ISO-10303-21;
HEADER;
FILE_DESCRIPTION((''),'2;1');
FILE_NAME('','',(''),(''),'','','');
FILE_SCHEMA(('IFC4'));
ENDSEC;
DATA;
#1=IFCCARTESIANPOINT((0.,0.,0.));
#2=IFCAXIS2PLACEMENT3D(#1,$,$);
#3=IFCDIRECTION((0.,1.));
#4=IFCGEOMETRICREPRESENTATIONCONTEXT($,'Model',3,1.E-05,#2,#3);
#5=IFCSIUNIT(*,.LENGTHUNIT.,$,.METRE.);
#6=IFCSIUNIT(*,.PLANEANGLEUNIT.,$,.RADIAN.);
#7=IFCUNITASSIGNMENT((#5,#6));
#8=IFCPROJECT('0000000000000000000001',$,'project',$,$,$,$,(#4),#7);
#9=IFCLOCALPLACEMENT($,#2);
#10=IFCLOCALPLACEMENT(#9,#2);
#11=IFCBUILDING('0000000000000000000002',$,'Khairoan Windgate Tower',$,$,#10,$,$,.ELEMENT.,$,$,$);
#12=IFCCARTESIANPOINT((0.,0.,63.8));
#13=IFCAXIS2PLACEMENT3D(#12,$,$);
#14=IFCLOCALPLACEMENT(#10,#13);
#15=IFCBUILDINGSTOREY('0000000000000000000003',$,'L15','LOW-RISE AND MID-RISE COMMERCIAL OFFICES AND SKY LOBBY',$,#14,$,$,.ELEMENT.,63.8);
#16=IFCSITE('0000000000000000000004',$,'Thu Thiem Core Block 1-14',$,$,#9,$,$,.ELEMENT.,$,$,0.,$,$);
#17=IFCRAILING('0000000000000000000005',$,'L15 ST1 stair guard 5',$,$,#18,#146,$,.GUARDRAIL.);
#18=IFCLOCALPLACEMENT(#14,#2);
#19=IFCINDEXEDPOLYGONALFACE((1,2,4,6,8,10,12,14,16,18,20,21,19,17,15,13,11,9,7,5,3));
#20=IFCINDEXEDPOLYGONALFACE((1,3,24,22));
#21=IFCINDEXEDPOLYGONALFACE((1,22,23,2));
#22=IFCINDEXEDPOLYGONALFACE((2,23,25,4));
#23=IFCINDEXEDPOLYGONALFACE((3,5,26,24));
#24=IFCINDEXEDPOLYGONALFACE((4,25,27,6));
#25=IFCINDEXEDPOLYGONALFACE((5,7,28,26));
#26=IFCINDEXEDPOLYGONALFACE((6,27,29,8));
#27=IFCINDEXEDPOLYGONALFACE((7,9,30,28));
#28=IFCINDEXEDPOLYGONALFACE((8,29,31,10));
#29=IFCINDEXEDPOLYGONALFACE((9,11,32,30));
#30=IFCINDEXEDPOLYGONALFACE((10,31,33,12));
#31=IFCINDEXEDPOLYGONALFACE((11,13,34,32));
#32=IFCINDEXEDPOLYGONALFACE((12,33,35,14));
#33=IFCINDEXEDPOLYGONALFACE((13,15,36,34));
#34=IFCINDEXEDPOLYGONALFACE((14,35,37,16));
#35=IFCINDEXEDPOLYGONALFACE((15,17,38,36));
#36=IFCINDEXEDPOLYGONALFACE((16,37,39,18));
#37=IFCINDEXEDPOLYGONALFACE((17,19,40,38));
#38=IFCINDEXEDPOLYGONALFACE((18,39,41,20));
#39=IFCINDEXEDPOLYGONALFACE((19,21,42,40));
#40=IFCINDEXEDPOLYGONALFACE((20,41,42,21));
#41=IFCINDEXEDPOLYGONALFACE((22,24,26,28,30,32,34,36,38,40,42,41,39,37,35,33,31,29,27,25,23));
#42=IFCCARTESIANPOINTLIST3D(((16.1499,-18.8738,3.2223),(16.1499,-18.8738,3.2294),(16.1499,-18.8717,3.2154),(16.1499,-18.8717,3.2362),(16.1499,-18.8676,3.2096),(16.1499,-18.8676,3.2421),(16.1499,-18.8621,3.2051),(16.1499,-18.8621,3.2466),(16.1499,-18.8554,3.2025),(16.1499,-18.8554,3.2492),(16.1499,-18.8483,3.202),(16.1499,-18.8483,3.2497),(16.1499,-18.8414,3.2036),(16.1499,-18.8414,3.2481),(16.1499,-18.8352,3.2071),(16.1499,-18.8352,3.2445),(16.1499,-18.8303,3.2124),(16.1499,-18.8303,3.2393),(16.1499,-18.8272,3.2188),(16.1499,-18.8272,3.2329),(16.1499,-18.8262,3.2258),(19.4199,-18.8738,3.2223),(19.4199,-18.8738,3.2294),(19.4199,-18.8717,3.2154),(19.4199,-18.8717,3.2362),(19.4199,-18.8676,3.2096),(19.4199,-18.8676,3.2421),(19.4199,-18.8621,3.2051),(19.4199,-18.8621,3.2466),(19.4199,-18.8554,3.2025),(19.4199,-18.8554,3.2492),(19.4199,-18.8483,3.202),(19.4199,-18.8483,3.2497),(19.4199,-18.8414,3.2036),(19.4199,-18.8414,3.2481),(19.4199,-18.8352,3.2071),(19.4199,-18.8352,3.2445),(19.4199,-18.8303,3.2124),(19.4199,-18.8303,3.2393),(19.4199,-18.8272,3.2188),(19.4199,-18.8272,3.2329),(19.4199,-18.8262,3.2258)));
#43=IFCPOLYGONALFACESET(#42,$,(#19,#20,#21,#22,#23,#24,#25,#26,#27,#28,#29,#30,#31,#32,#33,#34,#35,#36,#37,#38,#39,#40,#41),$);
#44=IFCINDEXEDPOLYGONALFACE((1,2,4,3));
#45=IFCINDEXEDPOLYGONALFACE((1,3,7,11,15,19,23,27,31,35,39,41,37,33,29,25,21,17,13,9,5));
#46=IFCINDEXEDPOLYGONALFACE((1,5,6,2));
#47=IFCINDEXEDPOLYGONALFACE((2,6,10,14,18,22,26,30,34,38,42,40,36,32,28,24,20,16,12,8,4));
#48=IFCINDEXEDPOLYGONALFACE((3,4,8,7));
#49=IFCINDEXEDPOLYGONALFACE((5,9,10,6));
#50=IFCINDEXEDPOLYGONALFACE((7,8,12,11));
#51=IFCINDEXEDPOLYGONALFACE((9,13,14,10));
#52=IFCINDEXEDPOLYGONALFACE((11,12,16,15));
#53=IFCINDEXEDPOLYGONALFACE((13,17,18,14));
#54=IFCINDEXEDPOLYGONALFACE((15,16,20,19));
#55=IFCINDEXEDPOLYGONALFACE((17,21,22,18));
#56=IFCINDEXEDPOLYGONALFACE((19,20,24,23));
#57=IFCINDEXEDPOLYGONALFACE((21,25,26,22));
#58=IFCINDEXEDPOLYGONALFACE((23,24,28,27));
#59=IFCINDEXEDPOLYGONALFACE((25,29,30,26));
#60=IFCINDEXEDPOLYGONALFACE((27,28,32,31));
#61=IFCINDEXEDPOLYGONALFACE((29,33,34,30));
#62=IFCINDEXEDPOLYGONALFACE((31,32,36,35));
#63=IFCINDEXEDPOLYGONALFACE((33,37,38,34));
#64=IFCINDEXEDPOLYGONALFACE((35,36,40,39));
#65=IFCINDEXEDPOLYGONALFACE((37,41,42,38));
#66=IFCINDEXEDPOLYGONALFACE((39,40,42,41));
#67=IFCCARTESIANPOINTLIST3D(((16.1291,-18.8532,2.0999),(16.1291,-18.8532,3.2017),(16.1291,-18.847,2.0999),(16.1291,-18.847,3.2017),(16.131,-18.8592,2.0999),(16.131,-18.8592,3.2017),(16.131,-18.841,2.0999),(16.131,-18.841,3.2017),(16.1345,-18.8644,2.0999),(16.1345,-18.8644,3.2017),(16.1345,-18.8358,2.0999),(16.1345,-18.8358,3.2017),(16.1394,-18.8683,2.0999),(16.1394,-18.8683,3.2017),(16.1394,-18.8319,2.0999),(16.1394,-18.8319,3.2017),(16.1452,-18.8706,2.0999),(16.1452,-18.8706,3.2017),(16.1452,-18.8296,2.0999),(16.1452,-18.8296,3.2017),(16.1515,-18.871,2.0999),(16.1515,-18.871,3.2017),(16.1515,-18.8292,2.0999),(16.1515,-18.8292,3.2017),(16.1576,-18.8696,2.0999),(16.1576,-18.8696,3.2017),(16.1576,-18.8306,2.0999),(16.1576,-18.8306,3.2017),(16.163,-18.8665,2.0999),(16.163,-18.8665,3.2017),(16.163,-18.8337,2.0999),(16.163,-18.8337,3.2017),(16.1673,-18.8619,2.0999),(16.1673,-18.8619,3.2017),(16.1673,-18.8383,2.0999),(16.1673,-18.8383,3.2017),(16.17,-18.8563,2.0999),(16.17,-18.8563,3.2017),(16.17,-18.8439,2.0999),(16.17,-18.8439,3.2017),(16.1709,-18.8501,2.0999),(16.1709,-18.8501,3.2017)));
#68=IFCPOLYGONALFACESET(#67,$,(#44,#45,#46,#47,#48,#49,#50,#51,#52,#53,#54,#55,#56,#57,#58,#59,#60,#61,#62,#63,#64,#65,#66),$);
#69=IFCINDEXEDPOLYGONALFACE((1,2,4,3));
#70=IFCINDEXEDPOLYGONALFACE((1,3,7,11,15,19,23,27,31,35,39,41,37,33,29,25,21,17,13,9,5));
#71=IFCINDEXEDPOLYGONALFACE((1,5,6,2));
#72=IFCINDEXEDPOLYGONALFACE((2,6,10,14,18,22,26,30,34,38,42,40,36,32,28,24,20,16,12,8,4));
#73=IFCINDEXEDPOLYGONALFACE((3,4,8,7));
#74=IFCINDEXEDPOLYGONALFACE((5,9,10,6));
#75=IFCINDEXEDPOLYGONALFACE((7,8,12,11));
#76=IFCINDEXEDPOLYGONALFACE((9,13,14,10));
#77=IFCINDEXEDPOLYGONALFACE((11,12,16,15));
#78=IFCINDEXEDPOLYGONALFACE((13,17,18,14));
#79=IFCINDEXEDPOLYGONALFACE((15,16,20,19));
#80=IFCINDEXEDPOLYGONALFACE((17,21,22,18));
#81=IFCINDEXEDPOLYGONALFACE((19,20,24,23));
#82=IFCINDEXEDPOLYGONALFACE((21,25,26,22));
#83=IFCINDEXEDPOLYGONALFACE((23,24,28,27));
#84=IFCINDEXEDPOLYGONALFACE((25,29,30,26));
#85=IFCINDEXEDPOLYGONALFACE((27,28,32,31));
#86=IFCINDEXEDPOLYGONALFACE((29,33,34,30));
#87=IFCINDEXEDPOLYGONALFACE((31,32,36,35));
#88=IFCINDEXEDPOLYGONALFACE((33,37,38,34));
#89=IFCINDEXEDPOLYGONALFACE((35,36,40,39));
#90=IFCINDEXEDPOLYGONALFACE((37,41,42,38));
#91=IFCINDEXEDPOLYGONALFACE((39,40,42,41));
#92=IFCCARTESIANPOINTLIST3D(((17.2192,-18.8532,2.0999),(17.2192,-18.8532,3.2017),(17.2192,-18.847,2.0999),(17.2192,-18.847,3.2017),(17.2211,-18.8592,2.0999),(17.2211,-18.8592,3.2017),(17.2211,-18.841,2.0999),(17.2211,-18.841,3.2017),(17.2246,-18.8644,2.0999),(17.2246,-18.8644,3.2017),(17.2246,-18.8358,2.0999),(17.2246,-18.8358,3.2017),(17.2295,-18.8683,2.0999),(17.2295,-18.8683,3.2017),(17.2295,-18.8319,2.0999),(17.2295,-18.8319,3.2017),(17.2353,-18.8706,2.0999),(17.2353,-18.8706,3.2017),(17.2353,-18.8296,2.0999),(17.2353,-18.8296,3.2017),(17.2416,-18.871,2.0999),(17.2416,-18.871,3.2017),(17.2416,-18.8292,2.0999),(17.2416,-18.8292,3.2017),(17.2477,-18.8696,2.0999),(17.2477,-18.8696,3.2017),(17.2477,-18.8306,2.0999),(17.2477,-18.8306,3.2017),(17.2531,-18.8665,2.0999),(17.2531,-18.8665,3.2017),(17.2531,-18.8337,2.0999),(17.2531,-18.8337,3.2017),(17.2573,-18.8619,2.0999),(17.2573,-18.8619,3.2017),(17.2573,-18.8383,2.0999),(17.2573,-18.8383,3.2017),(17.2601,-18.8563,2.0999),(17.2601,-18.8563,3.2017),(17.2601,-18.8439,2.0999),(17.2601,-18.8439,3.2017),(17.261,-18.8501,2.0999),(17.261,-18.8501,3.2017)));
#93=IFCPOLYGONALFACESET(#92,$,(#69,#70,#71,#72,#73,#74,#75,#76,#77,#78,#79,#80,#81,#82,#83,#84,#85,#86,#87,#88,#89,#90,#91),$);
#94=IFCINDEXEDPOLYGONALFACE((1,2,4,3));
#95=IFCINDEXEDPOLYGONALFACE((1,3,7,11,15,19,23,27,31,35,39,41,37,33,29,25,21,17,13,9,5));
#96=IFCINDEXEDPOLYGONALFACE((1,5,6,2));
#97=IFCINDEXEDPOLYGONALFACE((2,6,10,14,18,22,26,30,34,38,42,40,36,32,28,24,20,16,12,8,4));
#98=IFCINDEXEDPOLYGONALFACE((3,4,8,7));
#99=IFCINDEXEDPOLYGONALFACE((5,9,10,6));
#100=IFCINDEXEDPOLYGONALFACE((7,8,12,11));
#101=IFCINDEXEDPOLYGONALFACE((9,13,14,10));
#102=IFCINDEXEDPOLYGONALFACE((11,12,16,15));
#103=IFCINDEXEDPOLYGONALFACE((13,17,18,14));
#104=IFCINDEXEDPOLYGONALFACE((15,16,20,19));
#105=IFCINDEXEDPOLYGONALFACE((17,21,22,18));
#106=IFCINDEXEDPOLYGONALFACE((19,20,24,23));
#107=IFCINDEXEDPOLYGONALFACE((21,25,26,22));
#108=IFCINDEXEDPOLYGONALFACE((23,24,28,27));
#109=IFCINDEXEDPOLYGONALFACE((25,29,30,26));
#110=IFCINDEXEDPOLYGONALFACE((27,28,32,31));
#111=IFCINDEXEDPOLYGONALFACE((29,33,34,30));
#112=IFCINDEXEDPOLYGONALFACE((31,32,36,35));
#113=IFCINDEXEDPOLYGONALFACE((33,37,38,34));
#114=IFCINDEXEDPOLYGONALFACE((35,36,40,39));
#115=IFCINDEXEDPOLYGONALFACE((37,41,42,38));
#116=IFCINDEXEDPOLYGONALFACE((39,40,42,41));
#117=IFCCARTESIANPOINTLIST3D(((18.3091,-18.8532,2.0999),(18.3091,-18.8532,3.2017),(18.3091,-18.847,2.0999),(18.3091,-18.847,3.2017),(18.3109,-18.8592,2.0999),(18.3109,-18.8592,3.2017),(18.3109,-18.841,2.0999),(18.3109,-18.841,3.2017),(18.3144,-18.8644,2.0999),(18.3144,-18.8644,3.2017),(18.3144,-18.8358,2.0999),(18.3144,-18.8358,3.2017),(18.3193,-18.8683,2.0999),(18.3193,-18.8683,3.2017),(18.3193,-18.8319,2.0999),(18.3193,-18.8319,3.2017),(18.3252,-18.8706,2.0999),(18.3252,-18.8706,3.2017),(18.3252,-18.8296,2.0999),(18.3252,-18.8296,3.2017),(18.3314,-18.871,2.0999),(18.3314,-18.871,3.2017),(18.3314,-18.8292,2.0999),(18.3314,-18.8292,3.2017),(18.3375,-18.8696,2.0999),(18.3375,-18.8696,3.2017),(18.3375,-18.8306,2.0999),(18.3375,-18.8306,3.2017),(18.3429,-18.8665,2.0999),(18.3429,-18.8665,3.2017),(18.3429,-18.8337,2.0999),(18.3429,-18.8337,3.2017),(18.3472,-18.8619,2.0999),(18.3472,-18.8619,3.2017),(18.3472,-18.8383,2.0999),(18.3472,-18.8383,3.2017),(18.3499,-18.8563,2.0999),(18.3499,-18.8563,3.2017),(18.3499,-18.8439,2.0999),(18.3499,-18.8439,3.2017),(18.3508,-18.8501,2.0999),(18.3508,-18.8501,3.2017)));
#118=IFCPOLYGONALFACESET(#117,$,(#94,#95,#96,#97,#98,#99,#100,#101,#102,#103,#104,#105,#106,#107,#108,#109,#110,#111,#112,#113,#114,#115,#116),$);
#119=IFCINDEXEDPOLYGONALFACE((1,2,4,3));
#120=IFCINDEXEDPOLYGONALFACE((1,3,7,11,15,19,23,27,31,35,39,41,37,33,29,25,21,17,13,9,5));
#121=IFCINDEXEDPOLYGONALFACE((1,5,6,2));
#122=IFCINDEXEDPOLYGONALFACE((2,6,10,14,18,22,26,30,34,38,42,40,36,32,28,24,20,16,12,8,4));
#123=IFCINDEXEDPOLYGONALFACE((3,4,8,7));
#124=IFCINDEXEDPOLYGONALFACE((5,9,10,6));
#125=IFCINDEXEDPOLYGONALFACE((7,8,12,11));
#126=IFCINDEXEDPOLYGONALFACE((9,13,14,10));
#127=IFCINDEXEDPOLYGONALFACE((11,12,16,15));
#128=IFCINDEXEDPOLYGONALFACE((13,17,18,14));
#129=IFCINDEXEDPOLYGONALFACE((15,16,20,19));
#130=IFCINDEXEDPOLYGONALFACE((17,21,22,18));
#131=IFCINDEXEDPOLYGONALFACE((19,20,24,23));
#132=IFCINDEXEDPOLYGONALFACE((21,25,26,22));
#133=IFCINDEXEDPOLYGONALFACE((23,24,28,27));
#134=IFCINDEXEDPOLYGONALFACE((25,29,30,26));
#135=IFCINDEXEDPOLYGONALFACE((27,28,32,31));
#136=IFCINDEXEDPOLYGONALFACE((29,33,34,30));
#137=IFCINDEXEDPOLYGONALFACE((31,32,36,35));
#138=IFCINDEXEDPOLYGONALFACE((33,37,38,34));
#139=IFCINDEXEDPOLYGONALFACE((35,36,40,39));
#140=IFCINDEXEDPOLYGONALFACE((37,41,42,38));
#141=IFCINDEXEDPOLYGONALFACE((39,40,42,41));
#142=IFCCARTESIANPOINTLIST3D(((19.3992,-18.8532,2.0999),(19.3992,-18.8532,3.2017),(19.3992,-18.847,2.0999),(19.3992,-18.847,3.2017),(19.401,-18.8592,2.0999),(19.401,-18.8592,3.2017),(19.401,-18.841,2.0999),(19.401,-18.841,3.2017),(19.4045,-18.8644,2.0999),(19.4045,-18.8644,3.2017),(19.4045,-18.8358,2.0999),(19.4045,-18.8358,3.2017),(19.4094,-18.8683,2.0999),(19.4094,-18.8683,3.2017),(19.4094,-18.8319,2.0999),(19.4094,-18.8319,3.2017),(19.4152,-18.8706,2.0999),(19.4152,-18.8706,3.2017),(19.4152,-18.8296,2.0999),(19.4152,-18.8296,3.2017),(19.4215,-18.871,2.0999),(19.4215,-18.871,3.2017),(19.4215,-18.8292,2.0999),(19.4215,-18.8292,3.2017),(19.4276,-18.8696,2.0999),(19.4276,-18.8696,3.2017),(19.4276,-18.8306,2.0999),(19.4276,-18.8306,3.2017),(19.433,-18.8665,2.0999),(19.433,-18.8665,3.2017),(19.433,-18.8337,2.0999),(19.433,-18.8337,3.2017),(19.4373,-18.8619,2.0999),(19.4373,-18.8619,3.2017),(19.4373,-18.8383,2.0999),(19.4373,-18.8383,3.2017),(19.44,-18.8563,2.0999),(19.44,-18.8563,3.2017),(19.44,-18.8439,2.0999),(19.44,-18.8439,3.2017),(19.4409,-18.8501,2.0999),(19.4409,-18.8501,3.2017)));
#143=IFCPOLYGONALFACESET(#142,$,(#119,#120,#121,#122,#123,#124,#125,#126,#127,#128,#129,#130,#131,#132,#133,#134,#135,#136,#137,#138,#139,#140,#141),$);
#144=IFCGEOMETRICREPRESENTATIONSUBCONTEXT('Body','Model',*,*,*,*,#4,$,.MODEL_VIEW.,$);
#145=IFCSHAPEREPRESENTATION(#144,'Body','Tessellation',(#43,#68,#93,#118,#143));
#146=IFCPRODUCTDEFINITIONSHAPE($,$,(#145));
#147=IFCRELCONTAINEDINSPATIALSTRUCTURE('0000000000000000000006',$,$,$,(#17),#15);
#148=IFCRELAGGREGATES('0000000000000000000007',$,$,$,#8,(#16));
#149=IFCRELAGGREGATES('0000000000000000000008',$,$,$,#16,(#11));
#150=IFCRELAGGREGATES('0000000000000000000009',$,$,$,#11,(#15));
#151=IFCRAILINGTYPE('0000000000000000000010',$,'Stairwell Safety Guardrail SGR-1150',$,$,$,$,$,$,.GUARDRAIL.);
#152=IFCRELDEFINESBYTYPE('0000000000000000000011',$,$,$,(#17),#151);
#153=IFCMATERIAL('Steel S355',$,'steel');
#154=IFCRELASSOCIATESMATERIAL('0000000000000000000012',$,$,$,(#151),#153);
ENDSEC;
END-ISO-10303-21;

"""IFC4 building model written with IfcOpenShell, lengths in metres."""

from ifc_helpers import new_model, si_unit, direction, frame, origin, origin_2d, place, context, subcontext, project, spatial, circle, extrude, material, type_object, element, save


model = new_model("IFC4")

# Units and contexts
model_context = context("Model", 3, precision=1e-05, world=origin(), true_north=direction((0.0, 1.0)))
body_context = subcontext(model_context, "Body", "Model", "MODEL_VIEW")
ifc_project = project(units=[si_unit("LENGTHUNIT", "METRE"), si_unit("PLANEANGLEUNIT", "RADIAN")], contexts=[model_context])

# Site, building, storey
site_placement = place(None, origin())
site = spatial("IfcSite", under=ifc_project, at=site_placement, Name="Thu Thiem Core Block 1-14", CompositionType="ELEMENT", RefElevation=0.0)
building_placement = place(site_placement, origin())
building = spatial("IfcBuilding", under=site, at=building_placement, Name="Khairoan Windgate Tower", CompositionType="ELEMENT")
storey_placement = place(building_placement, frame((0.0, 0.0, 63.8)))
storey = spatial("IfcBuildingStorey", under=building, at=storey_placement, Name="L15", Description="LOW-RISE AND MID-RISE COMMERCIAL OFFICES AND SKY LOBBY", CompositionType="ELEMENT", Elevation=63.8)

# Railing
ifc_material_1 = material(Name="Steel S355", Category="steel")
railing_type = type_object("IfcRailingType", Name="Stairwell Safety Guardrail SGR-1150", PredefinedType="GUARDRAIL", material=ifc_material_1)
railing_1_placement = place(storey_placement, frame((16.1499, -18.8501, 2.0999)))
element("IfcRailing", 1, at=railing_1_placement, inside=storey, type_object=railing_type, Name="L15 ST1 stair guard 5", PredefinedType="GUARDRAIL", context=body_context, shape_type="SweptSolid", body=[
    extrude(circle(Radius=0.0239, at=origin_2d()), frame((0.0, 0.0, 1.126), z_axis=(1.0, 0.0, 0.0), x_axis=(0.0, 1.0, 0.0)), (0.0, 0.0, 1.0), 3.27),
    extrude(circle(Radius=0.021, at=origin_2d()), origin(), (0.0, 0.0, 1.0), 1.1018),
    extrude(circle(Radius=0.021, at=origin_2d()), frame((1.0901, 0.0, 0.0)), (0.0, 0.0, 1.0), 1.1018),
    extrude(circle(Radius=0.021, at=origin_2d()), frame((2.1799, 0.0, 0.0)), (0.0, 0.0, 1.0), 1.1018),
    extrude(circle(Radius=0.021, at=origin_2d()), frame((3.27, 0.0, 0.0)), (0.0, 0.0, 1.0), 1.1018),
])

save(model, "model.ifc")
